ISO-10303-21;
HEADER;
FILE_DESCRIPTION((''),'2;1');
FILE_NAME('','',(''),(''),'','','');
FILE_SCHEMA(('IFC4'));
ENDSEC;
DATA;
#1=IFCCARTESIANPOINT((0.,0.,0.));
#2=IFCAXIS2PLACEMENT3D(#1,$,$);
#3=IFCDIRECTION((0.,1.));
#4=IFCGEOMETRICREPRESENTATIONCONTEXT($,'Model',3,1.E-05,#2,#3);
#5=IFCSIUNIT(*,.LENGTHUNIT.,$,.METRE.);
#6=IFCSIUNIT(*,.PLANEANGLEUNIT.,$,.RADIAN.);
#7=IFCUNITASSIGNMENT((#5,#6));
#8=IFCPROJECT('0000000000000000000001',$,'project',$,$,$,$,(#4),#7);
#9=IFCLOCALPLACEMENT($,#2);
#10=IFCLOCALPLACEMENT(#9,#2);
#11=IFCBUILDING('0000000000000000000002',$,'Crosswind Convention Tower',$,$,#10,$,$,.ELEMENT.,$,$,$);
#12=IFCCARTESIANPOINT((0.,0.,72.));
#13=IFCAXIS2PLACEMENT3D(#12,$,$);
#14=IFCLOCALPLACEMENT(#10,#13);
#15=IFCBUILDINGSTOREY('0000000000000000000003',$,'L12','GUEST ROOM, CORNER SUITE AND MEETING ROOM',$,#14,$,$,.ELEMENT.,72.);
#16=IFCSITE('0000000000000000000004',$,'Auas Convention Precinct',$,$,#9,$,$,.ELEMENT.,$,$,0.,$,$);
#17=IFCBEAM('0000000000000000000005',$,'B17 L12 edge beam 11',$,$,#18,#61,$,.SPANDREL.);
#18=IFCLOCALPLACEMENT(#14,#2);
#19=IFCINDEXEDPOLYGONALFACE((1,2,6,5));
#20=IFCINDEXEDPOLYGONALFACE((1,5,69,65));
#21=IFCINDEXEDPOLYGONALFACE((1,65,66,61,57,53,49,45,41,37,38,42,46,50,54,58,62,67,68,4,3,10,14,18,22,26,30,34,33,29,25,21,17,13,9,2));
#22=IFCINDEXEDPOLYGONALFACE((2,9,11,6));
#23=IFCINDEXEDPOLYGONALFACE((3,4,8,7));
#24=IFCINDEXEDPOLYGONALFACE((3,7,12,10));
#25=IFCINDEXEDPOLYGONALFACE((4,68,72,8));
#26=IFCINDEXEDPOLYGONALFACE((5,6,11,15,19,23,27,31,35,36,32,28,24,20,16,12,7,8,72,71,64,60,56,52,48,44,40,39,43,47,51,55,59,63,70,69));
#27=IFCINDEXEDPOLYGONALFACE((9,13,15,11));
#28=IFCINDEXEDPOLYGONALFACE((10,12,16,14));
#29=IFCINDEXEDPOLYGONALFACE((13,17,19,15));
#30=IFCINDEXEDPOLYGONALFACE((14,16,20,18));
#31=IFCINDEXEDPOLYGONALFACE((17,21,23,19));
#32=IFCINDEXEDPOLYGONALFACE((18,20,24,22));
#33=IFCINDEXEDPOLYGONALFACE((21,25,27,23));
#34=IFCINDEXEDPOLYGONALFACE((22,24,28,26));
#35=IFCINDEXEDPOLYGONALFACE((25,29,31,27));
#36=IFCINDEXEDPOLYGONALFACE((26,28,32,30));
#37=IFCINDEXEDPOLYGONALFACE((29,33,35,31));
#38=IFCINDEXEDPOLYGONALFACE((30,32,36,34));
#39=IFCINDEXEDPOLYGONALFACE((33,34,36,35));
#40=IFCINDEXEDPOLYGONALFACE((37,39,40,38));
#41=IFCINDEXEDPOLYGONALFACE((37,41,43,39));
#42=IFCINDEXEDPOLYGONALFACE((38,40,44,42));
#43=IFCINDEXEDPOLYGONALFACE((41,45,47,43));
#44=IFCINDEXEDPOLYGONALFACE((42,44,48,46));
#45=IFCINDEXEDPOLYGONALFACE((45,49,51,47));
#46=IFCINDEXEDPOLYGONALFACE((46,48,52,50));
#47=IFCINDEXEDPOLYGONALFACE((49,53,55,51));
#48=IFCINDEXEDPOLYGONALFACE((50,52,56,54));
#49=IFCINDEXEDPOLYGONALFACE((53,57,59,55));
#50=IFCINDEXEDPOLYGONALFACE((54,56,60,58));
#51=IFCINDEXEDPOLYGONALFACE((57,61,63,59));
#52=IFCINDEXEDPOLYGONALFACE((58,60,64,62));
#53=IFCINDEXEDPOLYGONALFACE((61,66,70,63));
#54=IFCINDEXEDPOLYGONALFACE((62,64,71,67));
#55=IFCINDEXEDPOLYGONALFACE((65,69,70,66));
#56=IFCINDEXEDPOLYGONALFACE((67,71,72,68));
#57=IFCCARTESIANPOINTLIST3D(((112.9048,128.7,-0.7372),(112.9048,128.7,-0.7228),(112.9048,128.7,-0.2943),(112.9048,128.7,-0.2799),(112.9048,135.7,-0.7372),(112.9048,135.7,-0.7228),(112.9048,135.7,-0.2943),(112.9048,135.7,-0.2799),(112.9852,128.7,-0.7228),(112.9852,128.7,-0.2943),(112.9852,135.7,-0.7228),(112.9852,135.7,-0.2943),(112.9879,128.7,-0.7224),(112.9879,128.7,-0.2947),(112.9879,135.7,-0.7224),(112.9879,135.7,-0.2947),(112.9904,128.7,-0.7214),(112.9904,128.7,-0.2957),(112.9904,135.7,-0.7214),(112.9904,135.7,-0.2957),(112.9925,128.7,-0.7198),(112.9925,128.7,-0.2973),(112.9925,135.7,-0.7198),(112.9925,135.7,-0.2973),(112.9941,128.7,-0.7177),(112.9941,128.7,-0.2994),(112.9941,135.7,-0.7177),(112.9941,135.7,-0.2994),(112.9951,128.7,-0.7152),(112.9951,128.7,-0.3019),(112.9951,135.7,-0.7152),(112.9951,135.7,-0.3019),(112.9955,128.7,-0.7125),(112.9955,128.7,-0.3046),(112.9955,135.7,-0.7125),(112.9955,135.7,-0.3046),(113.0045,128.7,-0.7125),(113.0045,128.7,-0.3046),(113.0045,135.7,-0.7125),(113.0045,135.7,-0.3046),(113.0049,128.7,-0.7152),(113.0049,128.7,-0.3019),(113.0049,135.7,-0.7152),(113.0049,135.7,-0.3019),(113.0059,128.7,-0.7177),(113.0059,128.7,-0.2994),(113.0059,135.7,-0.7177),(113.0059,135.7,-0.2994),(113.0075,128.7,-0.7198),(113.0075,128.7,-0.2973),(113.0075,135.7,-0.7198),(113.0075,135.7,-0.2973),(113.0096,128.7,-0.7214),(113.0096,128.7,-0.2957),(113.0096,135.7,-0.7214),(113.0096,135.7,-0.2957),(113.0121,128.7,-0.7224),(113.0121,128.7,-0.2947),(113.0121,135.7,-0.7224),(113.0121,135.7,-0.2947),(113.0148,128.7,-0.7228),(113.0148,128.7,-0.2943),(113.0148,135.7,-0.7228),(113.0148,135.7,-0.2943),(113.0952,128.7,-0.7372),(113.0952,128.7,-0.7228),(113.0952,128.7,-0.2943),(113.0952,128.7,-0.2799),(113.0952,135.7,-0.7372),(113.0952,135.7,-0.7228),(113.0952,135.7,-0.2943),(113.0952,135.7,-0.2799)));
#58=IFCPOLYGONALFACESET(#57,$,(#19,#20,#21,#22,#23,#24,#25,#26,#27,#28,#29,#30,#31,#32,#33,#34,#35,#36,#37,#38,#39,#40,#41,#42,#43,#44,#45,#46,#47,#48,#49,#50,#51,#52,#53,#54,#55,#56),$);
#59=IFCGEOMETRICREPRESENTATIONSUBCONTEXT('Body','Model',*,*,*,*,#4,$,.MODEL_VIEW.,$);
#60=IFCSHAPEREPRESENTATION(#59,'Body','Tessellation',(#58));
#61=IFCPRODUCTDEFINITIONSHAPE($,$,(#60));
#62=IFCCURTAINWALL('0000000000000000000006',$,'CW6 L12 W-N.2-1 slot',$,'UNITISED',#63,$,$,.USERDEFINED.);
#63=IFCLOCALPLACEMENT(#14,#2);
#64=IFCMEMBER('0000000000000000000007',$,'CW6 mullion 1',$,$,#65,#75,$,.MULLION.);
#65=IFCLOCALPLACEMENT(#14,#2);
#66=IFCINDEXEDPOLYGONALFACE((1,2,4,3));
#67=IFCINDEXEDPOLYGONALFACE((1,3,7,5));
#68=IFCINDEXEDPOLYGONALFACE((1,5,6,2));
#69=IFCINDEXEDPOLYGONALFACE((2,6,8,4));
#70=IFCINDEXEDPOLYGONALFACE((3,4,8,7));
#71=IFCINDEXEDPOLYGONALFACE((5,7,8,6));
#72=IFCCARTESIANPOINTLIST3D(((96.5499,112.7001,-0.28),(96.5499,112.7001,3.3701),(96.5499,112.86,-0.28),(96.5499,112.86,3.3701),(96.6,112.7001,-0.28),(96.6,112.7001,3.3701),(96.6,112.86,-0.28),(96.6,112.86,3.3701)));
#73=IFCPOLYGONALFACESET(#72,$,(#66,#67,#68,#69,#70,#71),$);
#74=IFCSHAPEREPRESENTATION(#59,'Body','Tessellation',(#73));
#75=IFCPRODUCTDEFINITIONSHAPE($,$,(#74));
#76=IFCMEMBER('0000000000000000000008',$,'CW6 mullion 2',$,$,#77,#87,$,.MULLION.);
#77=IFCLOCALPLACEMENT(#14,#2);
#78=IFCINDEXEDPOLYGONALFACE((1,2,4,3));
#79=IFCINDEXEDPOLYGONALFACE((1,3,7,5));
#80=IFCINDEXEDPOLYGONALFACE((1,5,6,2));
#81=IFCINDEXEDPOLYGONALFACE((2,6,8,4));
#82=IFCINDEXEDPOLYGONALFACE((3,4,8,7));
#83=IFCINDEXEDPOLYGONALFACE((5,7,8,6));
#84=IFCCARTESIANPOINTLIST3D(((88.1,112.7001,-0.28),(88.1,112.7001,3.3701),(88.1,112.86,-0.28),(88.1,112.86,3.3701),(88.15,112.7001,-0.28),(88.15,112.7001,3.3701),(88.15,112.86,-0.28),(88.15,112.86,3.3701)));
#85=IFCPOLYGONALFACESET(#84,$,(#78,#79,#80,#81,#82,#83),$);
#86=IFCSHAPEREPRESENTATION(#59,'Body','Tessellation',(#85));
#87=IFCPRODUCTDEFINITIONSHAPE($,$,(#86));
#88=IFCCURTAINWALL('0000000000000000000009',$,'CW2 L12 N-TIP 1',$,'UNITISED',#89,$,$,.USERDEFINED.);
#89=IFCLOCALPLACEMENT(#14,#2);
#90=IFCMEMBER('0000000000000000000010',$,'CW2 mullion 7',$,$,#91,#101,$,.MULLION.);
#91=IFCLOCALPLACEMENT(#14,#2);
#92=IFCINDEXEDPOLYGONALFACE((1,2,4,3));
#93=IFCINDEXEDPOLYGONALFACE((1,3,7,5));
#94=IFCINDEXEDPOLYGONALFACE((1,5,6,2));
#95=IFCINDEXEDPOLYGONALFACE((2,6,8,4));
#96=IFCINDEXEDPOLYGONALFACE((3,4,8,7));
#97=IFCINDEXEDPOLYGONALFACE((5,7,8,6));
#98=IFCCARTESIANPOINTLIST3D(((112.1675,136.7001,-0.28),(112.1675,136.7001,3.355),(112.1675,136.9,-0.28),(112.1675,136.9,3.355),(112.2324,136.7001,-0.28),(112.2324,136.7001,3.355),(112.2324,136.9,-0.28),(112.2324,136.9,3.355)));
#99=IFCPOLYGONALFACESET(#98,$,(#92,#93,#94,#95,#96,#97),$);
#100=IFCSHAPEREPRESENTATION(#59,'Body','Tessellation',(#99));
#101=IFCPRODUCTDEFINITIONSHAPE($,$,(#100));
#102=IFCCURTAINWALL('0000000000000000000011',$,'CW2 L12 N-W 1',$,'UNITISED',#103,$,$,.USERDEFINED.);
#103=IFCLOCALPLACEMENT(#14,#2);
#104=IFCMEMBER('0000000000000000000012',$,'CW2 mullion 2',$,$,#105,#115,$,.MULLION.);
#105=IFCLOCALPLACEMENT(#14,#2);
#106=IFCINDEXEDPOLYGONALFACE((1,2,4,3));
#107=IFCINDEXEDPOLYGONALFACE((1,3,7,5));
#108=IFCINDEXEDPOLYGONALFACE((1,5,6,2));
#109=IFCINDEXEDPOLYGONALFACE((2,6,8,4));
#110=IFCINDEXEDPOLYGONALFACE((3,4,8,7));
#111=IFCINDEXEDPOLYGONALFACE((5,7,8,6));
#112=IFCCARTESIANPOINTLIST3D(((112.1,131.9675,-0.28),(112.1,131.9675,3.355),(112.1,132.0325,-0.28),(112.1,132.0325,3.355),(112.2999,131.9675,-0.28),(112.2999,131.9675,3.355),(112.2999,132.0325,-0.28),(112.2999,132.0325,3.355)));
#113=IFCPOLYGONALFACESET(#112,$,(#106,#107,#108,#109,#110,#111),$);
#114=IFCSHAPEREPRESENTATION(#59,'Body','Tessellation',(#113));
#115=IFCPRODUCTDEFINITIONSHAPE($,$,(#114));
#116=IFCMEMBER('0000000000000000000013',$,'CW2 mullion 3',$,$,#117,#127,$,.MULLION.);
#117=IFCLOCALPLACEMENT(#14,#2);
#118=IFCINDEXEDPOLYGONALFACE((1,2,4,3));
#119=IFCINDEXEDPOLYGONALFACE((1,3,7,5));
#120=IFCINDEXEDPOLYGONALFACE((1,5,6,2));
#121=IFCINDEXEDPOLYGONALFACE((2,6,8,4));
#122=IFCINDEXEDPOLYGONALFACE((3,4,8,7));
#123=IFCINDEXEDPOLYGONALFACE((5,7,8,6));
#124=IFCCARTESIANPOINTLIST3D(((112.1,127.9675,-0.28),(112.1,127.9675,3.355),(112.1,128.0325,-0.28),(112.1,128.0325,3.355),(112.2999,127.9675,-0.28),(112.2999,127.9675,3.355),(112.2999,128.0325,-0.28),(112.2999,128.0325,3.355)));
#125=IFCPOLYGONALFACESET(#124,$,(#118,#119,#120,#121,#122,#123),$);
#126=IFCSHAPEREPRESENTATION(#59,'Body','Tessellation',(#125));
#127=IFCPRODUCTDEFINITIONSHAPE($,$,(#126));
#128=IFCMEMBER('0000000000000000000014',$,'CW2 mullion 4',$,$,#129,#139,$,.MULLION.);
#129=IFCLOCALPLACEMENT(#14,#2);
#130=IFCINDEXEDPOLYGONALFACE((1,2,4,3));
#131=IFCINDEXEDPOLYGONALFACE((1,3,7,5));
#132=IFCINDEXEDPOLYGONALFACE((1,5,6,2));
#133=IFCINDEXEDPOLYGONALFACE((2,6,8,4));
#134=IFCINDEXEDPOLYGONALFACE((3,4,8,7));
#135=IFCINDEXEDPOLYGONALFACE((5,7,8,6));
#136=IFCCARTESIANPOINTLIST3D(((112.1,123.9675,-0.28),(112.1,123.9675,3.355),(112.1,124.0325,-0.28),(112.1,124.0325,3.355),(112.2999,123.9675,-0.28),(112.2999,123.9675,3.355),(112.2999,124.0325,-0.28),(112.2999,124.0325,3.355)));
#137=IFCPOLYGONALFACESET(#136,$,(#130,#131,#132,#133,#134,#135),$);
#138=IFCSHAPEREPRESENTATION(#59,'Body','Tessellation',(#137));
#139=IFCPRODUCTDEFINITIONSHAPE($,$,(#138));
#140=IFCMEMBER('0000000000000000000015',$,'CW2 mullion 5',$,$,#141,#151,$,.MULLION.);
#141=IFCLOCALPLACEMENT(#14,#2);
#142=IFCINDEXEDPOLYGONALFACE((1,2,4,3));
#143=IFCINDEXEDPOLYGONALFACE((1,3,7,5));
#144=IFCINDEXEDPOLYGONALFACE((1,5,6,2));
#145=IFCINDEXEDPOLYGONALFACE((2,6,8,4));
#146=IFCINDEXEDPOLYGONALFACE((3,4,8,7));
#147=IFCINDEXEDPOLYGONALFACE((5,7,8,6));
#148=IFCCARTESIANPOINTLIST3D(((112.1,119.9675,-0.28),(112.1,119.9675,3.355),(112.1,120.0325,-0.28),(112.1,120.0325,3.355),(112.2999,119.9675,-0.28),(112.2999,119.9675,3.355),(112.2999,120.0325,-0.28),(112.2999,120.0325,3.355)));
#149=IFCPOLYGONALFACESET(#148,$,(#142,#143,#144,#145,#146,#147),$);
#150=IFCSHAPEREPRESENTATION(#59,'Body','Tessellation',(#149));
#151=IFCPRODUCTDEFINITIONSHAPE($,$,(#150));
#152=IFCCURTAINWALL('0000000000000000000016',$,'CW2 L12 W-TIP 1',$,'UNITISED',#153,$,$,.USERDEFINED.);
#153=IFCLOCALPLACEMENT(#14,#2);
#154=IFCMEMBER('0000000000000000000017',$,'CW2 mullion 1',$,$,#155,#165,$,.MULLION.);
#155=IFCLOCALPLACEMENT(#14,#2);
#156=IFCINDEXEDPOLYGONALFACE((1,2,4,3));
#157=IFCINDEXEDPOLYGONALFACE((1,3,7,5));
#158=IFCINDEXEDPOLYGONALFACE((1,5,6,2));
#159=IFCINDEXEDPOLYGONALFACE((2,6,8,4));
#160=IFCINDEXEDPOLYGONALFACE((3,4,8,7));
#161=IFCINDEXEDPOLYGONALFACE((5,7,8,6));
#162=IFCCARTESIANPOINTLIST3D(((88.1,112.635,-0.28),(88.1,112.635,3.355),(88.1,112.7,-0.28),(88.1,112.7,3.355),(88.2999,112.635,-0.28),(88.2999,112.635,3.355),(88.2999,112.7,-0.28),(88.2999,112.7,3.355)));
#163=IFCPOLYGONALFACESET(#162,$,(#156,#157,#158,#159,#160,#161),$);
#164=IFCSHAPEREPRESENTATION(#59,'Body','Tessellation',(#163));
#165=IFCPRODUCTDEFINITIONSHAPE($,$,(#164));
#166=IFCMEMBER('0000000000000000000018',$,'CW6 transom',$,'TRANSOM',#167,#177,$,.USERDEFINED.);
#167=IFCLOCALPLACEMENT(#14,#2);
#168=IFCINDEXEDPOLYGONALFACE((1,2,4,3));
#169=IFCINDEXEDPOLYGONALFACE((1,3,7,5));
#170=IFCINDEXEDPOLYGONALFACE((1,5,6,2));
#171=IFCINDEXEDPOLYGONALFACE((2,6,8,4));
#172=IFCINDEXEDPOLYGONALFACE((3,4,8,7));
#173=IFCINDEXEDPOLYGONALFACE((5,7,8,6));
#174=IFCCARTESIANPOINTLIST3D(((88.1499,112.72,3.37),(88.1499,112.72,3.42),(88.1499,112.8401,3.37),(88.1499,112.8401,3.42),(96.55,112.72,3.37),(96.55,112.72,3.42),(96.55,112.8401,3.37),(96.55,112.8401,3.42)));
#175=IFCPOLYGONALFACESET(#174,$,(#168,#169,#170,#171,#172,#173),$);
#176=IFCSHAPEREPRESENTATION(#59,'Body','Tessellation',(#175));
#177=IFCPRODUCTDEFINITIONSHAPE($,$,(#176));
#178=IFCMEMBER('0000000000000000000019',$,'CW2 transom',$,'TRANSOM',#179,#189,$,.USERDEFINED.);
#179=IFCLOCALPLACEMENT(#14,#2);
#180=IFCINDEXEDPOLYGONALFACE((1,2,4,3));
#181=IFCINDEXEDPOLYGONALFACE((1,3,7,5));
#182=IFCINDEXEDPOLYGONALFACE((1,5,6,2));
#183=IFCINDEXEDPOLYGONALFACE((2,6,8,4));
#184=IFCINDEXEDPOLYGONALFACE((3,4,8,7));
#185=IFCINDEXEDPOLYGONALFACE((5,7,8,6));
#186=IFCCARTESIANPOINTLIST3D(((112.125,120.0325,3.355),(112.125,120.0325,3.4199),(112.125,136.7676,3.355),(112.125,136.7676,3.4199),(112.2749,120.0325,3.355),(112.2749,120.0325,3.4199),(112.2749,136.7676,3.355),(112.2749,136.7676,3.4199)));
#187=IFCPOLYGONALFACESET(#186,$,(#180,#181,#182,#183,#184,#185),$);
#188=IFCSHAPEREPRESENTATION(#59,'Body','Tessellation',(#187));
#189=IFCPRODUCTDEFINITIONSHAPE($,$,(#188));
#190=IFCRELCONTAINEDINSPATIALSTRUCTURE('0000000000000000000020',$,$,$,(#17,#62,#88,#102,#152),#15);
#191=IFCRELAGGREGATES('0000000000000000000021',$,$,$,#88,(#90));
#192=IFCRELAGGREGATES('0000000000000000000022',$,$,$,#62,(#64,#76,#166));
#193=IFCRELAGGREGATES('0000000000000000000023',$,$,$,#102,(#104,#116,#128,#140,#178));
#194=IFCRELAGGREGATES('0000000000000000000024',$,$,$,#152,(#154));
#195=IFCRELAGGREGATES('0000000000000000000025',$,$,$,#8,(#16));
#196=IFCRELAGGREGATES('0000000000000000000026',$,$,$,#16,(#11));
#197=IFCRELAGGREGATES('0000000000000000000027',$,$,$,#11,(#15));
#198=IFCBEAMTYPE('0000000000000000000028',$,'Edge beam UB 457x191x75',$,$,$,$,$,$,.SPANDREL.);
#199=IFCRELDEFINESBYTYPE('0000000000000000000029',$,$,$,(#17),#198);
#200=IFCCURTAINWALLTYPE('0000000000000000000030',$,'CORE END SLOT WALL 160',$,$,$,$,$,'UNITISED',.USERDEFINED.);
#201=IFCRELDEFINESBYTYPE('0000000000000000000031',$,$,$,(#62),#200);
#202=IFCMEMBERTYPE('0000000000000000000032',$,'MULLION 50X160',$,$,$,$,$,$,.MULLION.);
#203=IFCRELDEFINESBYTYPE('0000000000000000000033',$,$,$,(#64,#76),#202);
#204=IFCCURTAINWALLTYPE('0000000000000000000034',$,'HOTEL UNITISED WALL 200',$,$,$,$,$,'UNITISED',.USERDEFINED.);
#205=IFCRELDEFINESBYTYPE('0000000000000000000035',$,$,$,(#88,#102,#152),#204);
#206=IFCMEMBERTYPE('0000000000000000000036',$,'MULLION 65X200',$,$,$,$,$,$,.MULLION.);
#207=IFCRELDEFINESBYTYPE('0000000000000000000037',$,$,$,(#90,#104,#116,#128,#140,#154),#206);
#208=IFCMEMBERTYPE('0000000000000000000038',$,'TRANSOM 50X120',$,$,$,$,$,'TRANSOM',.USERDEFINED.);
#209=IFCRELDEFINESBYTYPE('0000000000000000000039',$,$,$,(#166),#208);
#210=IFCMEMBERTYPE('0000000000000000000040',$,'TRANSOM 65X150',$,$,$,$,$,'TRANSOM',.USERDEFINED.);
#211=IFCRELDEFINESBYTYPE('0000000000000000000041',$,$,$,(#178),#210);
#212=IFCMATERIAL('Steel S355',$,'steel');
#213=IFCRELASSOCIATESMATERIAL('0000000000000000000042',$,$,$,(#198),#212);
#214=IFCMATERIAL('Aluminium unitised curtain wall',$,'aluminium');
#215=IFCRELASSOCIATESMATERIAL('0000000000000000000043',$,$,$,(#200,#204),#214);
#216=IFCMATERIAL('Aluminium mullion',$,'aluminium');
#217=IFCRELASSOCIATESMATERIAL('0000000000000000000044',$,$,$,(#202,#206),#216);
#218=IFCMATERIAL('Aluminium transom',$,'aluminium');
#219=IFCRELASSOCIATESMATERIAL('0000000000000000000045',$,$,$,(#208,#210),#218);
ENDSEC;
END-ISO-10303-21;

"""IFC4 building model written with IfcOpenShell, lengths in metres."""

from ifc_helpers import new_model, si_unit, direction, frame, origin, origin_2d, place, context, subcontext, project, spatial, rectangle, i_section, extrude, material, material_profile, profile_set, type_object, element, aggregate, save


model = new_model("IFC4")

# Units and contexts
model_context = context("Model", 3, precision=1e-05, world=origin(), true_north=direction((0.0, 1.0)))
body_context = subcontext(model_context, "Body", "Model", "MODEL_VIEW")
ifc_project = project(units=[si_unit("LENGTHUNIT", "METRE"), si_unit("PLANEANGLEUNIT", "RADIAN")], contexts=[model_context])

# Site, building, storey
site_placement = place(None, origin())
site = spatial("IfcSite", under=ifc_project, at=site_placement, Name="Auas Convention Precinct", CompositionType="ELEMENT", RefElevation=0.0)
building_placement = place(site_placement, origin())
building = spatial("IfcBuilding", under=site, at=building_placement, Name="Crosswind Convention Tower", CompositionType="ELEMENT")
storey_placement = place(building_placement, frame((0.0, 0.0, 72.0)))
storey = spatial("IfcBuildingStorey", under=building, at=storey_placement, Name="L12", Description="GUEST ROOM, CORNER SUITE AND MEETING ROOM", CompositionType="ELEMENT", Elevation=72.0)

# Beam
ifc_material_1 = material(Name="Steel S355", Category="steel")
ifc_material_profile_1 = material_profile(ifc_material_1, i_section(OverallWidth=0.1904, OverallDepth=0.4573, WebThickness=0.009, FlangeThickness=0.0144, FilletRadius=0.0103, at=origin_2d()), Name="UB 457x191x75")
ifc_profile_set_1 = profile_set([ifc_material_profile_1], Name="Steel S355")
beam_type_1 = type_object("IfcBeamType", Name="Edge beam UB 457x191x75", PredefinedType="SPANDREL", material=ifc_profile_set_1)
beam_1_placement = place(storey_placement, frame((113.0, 128.7, -0.5085), z_axis=(0.0, 1.0, 0.0), x_axis=(-1.0, 0.0, 0.0)))
element("IfcBeam", 1, at=beam_1_placement, inside=storey, type_object=beam_type_1, Name="B17 L12 edge beam 11", PredefinedType="SPANDREL", context=body_context, shape_type="SweptSolid", body=[
    extrude(i_section(OverallWidth=0.1904, OverallDepth=0.4573, WebThickness=0.009, FlangeThickness=0.0144, FilletRadius=0.0103, at=origin_2d()), origin(), (0.0, 0.0, 1.0), 7.0),
])

# Curtain wall, members
ifc_material_2 = material(Name="Aluminium unitised curtain wall", Category="aluminium")
curtain_wall_type_1 = type_object("IfcCurtainWallType", Name="CORE END SLOT WALL 160", ElementType="UNITISED", PredefinedType="USERDEFINED", material=ifc_material_2)
curtain_wall_1_placement = place(storey_placement, origin())
curtain_wall_1 = element("IfcCurtainWall", 2, at=curtain_wall_1_placement, inside=storey, type_object=curtain_wall_type_1, Name="CW6 L12 W-N.2-1 slot", ObjectType="UNITISED", PredefinedType="USERDEFINED")
ifc_material_3 = material(Name="Aluminium mullion", Category="aluminium")
ifc_material_profile_2 = material_profile(ifc_material_3, rectangle(XDim=0.1599, YDim=0.05, at=origin_2d()), Name="AL 160X50")
ifc_profile_set_2 = profile_set([ifc_material_profile_2], Name="Aluminium mullion")
member_type_1 = type_object("IfcMemberType", Name="MULLION 50X160", PredefinedType="MULLION", material=ifc_profile_set_2)
member_1_placement = place(storey_placement, frame((96.575, 112.78, -0.28), z_axis=(0.0, 0.0, 1.0), x_axis=(0.0, 1.0, 0.0)))
member_1 = element("IfcMember", 3, at=member_1_placement, type_object=member_type_1, Name="CW6 mullion 1", PredefinedType="MULLION", context=body_context, shape_type="SweptSolid", body=[
    extrude(rectangle(XDim=0.1599, YDim=0.05, at=origin_2d()), origin(), (0.0, 0.0, 1.0), 3.6501),
])
member_2_placement = place(storey_placement, frame((88.125, 112.78, -0.28), z_axis=(0.0, 0.0, 1.0), x_axis=(0.0, 1.0, 0.0)))
member_2 = element("IfcMember", 4, at=member_2_placement, type_object=member_type_1, Name="CW6 mullion 2", PredefinedType="MULLION", context=body_context, shape_type="SweptSolid", body=[
    extrude(rectangle(XDim=0.1599, YDim=0.05, at=origin_2d()), origin(), (0.0, 0.0, 1.0), 3.6501),
])

# Curtain wall, member
curtain_wall_type_2 = type_object("IfcCurtainWallType", Name="HOTEL UNITISED WALL 200", ElementType="UNITISED", PredefinedType="USERDEFINED", material=ifc_material_2)
curtain_wall_2_placement = place(storey_placement, origin())
curtain_wall_2 = element("IfcCurtainWall", 5, at=curtain_wall_2_placement, inside=storey, type_object=curtain_wall_type_2, Name="CW2 L12 N-TIP 1", ObjectType="UNITISED", PredefinedType="USERDEFINED")
ifc_material_profile_3 = material_profile(ifc_material_3, rectangle(XDim=0.2, YDim=0.0649, at=origin_2d()), Name="AL 200X65")
ifc_profile_set_3 = profile_set([ifc_material_profile_3], Name="Aluminium mullion")
member_type_2 = type_object("IfcMemberType", Name="MULLION 65X200", PredefinedType="MULLION", material=ifc_profile_set_3)
member_3_placement = place(storey_placement, frame((112.2, 136.8, -0.28), z_axis=(0.0, 0.0, 1.0), x_axis=(0.0, 1.0, 0.0)))
member_3 = element("IfcMember", 6, at=member_3_placement, type_object=member_type_2, Name="CW2 mullion 7", PredefinedType="MULLION", context=body_context, shape_type="SweptSolid", body=[
    extrude(rectangle(XDim=0.2, YDim=0.0649, at=origin_2d()), origin(), (0.0, 0.0, 1.0), 3.635),
])
aggregate(curtain_wall_2, [member_3])

# Curtain wall, members
curtain_wall_3_placement = place(storey_placement, origin())
curtain_wall_3 = element("IfcCurtainWall", 7, at=curtain_wall_3_placement, inside=storey, type_object=curtain_wall_type_2, Name="CW2 L12 N-W 1", ObjectType="UNITISED", PredefinedType="USERDEFINED")
member_4_placement = place(storey_placement, frame((112.2, 132.0, -0.28), z_axis=(0.0, 0.0, 1.0), x_axis=(-1.0, 0.0, 0.0)))
member_4 = element("IfcMember", 8, at=member_4_placement, type_object=member_type_2, Name="CW2 mullion 2", PredefinedType="MULLION", context=body_context, shape_type="SweptSolid", body=[
    extrude(rectangle(XDim=0.2, YDim=0.0649, at=origin_2d()), origin(), (0.0, 0.0, 1.0), 3.635),
])
member_5_placement = place(storey_placement, frame((112.2, 128.0, -0.28), z_axis=(0.0, 0.0, 1.0), x_axis=(-1.0, 0.0, 0.0)))
member_5 = element("IfcMember", 9, at=member_5_placement, type_object=member_type_2, Name="CW2 mullion 3", PredefinedType="MULLION", context=body_context, shape_type="SweptSolid", body=[
    extrude(rectangle(XDim=0.2, YDim=0.0649, at=origin_2d()), origin(), (0.0, 0.0, 1.0), 3.635),
])
member_6_placement = place(storey_placement, frame((112.2, 124.0, -0.28), z_axis=(0.0, 0.0, 1.0), x_axis=(-1.0, 0.0, 0.0)))
member_6 = element("IfcMember", 10, at=member_6_placement, type_object=member_type_2, Name="CW2 mullion 4", PredefinedType="MULLION", context=body_context, shape_type="SweptSolid", body=[
    extrude(rectangle(XDim=0.2, YDim=0.0649, at=origin_2d()), origin(), (0.0, 0.0, 1.0), 3.635),
])
member_7_placement = place(storey_placement, frame((112.2, 120.0, -0.28), z_axis=(0.0, 0.0, 1.0), x_axis=(-1.0, 0.0, 0.0)))
member_7 = element("IfcMember", 11, at=member_7_placement, type_object=member_type_2, Name="CW2 mullion 5", PredefinedType="MULLION", context=body_context, shape_type="SweptSolid", body=[
    extrude(rectangle(XDim=0.2, YDim=0.0649, at=origin_2d()), origin(), (0.0, 0.0, 1.0), 3.635),
])

# Curtain wall, member
curtain_wall_4_placement = place(storey_placement, origin())
curtain_wall_4 = element("IfcCurtainWall", 12, at=curtain_wall_4_placement, inside=storey, type_object=curtain_wall_type_2, Name="CW2 L12 W-TIP 1", ObjectType="UNITISED", PredefinedType="USERDEFINED")
member_8_placement = place(storey_placement, frame((88.2, 112.6675, -0.28), z_axis=(0.0, 0.0, 1.0), x_axis=(-1.0, 0.0, 0.0)))
member_8 = element("IfcMember", 13, at=member_8_placement, type_object=member_type_2, Name="CW2 mullion 1", PredefinedType="MULLION", context=body_context, shape_type="SweptSolid", body=[
    extrude(rectangle(XDim=0.2, YDim=0.0649, at=origin_2d()), origin(), (0.0, 0.0, 1.0), 3.635),
])

# Members
ifc_material_4 = material(Name="Aluminium transom", Category="aluminium")
ifc_material_profile_4 = material_profile(ifc_material_4, rectangle(XDim=0.1201, YDim=0.05, at=origin_2d()), Name="AL 120X50")
ifc_profile_set_4 = profile_set([ifc_material_profile_4], Name="Aluminium transom")
member_type_3 = type_object("IfcMemberType", Name="TRANSOM 50X120", ElementType="TRANSOM", PredefinedType="USERDEFINED", material=ifc_profile_set_4)
member_9_placement = place(storey_placement, frame((96.55, 112.78, 3.395), z_axis=(-1.0, 0.0, 0.0), x_axis=(0.0, -1.0, 0.0)))
member_9 = element("IfcMember", 14, at=member_9_placement, type_object=member_type_3, Name="CW6 transom", ObjectType="TRANSOM", PredefinedType="USERDEFINED", context=body_context, shape_type="SweptSolid", body=[
    extrude(rectangle(XDim=0.1201, YDim=0.05, at=origin_2d()), origin(), (0.0, 0.0, 1.0), 8.4001),
])
ifc_material_profile_5 = material_profile(ifc_material_4, rectangle(XDim=0.1499, YDim=0.0649, at=origin_2d()), Name="AL 150X65")
ifc_profile_set_5 = profile_set([ifc_material_profile_5], Name="Aluminium transom")
member_type_4 = type_object("IfcMemberType", Name="TRANSOM 65X150", ElementType="TRANSOM", PredefinedType="USERDEFINED", material=ifc_profile_set_5)
member_10_placement = place(storey_placement, frame((112.2, 136.7676, 3.3875), z_axis=(0.0, -1.0, 0.0), x_axis=(1.0, 0.0, 0.0)))
member_10 = element("IfcMember", 15, at=member_10_placement, type_object=member_type_4, Name="CW2 transom", ObjectType="TRANSOM", PredefinedType="USERDEFINED", context=body_context, shape_type="SweptSolid", body=[
    extrude(rectangle(XDim=0.1499, YDim=0.0649, at=origin_2d()), origin(), (0.0, 0.0, 1.0), 16.7351),
])

aggregate(curtain_wall_1, [member_1, member_2, member_9])

aggregate(curtain_wall_3, [member_4, member_5, member_6, member_7, member_10])
aggregate(curtain_wall_4, [member_8])

save(model, "model.ifc")
